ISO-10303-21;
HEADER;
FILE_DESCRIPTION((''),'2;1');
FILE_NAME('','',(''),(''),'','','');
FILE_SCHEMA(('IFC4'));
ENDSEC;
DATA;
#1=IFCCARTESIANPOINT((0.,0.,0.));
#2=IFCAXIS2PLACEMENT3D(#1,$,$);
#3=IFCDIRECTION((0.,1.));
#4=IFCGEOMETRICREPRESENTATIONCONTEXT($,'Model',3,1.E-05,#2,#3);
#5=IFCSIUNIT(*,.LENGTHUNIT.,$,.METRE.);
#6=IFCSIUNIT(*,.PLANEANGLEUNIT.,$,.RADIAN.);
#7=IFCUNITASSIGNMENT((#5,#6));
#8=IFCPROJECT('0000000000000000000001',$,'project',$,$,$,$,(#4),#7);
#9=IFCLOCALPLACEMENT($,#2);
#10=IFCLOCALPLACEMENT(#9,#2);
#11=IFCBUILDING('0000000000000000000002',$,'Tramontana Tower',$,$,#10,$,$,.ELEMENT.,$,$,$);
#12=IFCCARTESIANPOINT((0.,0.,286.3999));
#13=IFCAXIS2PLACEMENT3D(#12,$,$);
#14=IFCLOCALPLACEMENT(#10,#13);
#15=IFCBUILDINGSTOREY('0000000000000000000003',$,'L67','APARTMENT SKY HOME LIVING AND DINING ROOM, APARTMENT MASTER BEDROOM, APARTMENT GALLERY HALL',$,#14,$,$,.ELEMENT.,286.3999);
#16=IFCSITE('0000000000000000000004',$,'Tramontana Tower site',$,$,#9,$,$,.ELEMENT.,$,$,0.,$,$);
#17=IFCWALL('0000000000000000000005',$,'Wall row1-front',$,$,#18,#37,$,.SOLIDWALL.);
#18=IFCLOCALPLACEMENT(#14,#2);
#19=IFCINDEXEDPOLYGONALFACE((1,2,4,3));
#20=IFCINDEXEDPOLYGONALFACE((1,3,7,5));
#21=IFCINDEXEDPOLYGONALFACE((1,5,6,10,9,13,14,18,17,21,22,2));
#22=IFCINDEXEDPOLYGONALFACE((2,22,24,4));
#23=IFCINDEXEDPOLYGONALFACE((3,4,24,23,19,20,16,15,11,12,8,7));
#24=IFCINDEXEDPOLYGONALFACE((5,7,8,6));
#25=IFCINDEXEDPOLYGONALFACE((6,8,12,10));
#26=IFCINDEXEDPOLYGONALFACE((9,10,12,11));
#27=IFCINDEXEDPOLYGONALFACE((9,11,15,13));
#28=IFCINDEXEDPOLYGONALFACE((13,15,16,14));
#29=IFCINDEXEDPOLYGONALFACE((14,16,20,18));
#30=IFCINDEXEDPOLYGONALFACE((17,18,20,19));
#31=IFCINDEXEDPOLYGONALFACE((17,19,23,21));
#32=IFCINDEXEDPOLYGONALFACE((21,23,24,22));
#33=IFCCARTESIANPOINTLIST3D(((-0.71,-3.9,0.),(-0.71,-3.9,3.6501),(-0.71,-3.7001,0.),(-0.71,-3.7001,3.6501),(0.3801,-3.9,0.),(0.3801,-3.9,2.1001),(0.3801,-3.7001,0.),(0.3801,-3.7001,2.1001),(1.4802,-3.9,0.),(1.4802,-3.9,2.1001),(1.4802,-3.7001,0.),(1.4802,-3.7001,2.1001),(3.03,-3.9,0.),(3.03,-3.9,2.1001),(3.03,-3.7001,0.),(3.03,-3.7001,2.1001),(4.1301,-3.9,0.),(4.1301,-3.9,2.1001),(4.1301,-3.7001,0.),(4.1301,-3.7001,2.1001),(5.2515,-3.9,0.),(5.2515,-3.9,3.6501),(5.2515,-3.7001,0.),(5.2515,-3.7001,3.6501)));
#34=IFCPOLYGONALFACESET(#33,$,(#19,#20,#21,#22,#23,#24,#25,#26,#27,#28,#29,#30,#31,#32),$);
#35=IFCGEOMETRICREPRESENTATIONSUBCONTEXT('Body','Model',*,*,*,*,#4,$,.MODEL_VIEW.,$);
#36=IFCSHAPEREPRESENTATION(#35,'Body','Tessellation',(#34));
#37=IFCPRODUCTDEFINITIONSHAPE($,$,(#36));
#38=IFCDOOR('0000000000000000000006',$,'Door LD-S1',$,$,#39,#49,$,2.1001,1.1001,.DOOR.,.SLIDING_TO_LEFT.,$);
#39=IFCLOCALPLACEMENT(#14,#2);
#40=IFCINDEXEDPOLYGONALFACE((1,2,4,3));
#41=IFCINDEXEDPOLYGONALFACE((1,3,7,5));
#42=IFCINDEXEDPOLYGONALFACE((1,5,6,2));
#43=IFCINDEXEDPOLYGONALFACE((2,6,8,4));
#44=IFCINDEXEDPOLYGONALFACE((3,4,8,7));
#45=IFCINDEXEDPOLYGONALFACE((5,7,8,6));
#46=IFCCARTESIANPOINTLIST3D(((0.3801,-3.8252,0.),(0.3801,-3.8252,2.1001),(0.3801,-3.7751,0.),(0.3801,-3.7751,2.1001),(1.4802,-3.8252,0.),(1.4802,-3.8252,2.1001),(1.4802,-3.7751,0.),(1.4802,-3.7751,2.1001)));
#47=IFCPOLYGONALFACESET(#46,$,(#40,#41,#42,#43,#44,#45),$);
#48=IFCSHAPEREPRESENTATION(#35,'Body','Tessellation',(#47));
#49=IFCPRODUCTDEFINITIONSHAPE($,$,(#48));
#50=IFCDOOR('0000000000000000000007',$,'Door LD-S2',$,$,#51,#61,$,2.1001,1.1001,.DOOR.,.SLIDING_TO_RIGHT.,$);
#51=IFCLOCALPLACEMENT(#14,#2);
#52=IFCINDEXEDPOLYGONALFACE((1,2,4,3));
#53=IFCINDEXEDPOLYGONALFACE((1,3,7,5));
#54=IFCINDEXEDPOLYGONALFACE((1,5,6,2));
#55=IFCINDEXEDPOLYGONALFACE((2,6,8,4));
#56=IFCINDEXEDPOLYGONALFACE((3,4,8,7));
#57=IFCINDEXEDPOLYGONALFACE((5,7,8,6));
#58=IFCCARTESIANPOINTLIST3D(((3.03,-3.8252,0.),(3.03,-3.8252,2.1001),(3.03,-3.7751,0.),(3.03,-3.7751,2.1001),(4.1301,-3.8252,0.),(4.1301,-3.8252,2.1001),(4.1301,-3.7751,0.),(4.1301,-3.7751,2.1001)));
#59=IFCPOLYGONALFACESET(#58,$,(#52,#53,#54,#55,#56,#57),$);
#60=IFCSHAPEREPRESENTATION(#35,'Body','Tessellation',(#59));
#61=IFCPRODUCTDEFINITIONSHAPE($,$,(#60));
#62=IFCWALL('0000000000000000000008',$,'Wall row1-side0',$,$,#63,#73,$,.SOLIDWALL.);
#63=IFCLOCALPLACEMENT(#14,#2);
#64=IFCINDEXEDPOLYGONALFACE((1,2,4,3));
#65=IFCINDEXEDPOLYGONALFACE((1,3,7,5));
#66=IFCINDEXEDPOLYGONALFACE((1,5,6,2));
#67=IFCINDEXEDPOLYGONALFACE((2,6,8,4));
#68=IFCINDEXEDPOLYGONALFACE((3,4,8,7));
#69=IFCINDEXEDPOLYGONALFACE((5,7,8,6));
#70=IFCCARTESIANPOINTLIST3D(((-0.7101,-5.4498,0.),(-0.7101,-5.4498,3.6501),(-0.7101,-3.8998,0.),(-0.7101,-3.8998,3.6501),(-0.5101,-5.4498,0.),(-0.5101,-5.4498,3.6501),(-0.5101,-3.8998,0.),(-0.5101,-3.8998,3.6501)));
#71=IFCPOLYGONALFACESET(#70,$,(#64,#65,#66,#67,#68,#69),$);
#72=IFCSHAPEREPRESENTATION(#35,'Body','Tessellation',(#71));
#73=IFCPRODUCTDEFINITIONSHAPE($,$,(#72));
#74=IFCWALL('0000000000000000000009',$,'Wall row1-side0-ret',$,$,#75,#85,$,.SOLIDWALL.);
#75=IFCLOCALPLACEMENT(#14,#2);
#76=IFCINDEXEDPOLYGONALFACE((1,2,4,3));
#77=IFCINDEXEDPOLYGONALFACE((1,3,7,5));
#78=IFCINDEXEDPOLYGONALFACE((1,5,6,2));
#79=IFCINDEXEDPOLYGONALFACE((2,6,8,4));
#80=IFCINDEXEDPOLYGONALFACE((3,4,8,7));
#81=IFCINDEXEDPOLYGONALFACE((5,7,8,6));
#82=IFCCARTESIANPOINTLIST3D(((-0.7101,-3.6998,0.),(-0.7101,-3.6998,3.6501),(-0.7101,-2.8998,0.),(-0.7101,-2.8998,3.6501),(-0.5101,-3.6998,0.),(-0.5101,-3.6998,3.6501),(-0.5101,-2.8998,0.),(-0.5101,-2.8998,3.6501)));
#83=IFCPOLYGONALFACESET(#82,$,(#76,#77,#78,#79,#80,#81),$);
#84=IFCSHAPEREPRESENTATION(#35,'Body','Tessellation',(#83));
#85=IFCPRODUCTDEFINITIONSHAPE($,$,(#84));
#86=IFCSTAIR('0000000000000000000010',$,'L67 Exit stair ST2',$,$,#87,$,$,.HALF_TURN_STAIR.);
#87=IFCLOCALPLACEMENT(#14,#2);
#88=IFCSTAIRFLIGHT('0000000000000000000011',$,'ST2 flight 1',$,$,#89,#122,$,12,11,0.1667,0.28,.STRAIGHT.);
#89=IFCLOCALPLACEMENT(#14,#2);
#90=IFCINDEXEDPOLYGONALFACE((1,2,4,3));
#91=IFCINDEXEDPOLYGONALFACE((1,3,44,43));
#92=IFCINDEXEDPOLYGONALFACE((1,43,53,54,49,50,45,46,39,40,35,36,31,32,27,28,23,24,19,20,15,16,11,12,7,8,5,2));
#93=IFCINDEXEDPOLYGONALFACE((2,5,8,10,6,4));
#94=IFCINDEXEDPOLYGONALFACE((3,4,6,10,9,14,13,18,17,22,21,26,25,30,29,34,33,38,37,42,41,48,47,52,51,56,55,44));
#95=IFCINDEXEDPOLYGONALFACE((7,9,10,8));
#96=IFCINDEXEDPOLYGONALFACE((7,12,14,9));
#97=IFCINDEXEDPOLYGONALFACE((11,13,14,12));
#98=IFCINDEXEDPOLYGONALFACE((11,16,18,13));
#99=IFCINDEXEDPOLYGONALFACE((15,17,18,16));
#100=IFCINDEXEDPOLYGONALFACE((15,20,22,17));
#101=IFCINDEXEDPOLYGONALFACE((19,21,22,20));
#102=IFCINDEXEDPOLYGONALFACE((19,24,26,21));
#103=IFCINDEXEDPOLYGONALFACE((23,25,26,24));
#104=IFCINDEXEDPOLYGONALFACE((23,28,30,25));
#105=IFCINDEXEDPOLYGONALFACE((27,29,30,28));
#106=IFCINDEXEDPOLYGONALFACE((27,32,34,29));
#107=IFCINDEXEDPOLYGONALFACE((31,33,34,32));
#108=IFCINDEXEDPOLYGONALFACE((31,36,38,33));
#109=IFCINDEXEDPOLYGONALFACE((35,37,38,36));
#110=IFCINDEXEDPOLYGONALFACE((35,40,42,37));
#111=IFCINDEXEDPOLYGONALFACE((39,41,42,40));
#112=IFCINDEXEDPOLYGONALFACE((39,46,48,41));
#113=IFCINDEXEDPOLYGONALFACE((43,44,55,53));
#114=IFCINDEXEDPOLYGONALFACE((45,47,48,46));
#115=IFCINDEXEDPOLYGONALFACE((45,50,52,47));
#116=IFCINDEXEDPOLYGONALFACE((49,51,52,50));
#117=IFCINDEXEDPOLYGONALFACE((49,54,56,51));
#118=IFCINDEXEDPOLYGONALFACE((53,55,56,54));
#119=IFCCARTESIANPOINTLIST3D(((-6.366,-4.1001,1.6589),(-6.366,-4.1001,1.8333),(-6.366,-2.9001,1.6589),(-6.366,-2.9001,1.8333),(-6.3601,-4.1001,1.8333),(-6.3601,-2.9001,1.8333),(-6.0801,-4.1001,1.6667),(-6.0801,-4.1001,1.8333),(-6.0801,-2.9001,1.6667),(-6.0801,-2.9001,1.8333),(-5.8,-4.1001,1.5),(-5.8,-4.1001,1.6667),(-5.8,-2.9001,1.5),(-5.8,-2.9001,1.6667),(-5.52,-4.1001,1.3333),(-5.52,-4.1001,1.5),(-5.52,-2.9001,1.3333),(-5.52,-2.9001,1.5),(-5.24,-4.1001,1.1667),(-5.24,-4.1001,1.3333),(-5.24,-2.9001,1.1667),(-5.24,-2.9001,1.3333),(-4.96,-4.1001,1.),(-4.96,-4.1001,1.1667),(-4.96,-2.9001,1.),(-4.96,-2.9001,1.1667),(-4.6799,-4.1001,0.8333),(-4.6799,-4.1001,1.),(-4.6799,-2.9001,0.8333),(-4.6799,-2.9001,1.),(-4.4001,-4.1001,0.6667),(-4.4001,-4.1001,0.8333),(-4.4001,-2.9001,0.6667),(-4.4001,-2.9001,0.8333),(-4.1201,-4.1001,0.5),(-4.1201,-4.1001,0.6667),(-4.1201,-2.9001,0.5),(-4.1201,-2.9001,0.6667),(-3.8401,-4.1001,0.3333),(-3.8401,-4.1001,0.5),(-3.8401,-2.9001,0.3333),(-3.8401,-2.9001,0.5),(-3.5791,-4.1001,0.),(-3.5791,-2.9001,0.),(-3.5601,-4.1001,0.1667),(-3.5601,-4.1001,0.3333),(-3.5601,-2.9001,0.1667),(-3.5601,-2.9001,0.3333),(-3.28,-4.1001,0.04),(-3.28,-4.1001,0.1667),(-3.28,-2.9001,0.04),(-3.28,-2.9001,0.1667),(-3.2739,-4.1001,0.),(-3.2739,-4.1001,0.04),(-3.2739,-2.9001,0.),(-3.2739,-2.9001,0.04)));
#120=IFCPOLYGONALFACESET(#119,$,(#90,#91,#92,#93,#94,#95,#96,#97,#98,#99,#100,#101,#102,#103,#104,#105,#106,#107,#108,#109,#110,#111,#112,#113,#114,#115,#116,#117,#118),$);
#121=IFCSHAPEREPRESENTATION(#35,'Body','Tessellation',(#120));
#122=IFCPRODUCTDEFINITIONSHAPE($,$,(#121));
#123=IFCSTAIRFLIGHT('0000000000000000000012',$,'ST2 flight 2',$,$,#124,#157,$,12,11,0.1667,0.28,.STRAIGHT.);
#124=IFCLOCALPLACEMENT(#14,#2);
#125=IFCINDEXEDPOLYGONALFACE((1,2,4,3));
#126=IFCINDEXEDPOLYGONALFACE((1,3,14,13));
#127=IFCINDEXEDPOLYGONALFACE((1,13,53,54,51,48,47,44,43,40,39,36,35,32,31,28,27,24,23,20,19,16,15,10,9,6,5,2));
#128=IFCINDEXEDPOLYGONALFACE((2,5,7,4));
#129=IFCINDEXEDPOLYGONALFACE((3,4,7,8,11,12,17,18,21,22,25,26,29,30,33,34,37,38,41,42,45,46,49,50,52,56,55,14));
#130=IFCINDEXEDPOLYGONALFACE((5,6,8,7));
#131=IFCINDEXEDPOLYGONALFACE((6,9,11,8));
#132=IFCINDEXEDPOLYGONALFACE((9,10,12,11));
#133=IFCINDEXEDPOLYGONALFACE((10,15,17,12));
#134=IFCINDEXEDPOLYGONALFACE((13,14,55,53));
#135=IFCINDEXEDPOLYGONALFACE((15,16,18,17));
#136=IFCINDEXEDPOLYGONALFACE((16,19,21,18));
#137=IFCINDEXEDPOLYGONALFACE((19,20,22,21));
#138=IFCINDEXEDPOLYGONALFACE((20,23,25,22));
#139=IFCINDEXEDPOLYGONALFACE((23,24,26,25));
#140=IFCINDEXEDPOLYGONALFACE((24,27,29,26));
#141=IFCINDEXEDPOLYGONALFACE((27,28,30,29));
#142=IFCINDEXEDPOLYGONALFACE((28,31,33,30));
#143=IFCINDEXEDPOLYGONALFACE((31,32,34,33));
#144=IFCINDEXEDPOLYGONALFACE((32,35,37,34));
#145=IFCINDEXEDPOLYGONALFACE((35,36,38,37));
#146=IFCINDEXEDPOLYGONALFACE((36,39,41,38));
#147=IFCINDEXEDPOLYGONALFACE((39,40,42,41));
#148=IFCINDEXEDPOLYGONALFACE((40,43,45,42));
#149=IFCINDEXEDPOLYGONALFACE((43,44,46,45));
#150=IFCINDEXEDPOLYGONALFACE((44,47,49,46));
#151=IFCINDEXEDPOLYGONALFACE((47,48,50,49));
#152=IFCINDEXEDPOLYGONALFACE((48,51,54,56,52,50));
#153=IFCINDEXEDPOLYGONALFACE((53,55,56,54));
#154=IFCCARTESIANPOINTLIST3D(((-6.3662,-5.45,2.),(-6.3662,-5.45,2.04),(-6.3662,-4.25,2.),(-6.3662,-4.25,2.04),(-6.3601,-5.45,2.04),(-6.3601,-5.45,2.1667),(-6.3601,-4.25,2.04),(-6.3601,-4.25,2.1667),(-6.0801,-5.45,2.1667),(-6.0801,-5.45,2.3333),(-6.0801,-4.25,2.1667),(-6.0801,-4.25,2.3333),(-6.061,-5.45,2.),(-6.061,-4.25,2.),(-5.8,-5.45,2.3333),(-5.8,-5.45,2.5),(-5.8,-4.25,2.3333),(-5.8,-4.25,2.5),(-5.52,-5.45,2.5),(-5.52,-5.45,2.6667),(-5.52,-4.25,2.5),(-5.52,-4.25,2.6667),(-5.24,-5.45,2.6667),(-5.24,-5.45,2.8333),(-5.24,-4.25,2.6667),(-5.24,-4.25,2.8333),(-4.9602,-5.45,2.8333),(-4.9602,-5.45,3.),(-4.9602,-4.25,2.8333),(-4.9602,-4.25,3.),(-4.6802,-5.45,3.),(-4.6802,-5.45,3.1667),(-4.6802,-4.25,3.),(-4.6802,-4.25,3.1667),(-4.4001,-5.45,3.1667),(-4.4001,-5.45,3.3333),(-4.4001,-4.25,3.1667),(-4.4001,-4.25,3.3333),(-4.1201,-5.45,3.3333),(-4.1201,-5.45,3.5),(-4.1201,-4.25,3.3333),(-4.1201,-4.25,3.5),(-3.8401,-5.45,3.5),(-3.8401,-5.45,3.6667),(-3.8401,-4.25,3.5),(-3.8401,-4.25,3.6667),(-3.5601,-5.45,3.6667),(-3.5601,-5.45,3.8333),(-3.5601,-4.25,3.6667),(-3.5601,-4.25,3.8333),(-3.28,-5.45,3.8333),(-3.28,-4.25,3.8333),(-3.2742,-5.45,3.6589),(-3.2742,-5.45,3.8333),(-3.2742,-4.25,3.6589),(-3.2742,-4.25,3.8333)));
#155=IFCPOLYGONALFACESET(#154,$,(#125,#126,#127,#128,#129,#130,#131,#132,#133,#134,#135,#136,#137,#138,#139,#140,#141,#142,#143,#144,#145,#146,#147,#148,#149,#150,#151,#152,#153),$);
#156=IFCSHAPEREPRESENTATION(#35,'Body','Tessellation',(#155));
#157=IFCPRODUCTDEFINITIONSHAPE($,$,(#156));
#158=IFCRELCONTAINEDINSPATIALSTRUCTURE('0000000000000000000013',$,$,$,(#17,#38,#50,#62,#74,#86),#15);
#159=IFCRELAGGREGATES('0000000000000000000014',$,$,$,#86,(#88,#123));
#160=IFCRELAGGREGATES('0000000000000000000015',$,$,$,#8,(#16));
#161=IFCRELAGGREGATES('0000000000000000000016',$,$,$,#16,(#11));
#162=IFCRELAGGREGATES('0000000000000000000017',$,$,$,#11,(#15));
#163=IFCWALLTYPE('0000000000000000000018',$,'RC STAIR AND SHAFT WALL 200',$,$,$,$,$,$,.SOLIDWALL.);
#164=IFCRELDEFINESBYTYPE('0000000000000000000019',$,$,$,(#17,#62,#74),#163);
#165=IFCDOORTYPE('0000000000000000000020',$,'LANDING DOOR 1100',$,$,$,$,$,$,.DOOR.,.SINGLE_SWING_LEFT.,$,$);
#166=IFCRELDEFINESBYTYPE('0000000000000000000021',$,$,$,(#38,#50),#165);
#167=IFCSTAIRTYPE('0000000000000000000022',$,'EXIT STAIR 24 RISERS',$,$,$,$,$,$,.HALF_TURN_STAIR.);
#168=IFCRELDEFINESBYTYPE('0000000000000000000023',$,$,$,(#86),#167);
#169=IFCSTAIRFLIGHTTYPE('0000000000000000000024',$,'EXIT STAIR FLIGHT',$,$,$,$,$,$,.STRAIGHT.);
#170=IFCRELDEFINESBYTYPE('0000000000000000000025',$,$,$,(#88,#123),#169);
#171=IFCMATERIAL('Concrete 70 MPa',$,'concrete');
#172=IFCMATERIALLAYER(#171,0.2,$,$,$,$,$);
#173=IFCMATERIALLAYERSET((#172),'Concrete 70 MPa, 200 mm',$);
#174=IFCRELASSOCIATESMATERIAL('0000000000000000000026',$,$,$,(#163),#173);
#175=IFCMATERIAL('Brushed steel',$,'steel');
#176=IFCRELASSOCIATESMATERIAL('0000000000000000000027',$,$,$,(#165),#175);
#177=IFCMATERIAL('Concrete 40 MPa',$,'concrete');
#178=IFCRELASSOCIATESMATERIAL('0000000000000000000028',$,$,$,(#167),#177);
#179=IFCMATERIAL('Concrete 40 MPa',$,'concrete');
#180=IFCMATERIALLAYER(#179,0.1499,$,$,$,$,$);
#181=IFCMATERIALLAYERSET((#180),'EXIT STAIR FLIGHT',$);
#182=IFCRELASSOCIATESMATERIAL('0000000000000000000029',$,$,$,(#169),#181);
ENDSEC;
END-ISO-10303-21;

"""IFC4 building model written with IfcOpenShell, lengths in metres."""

from ifc_helpers import new_model, si_unit, direction, frame, frame_2d, origin, place, context, subcontext, project, spatial, polyline, rectangle, outline, extrude, material, layer, layer_set, type_object, element, fill, aggregate, save


model = new_model("IFC4")

# Units and contexts
model_context = context("Model", 3, precision=1e-05, world=origin(), true_north=direction((0.0, 1.0)))
body_context = subcontext(model_context, "Body", "Model", "MODEL_VIEW")
ifc_project = project(units=[si_unit("LENGTHUNIT", "METRE"), si_unit("PLANEANGLEUNIT", "RADIAN")], contexts=[model_context])

# Site, building, storey
site_placement = place(None, origin())
site = spatial("IfcSite", under=ifc_project, at=site_placement, Name="Tramontana Tower site", CompositionType="ELEMENT", RefElevation=0.0)
building_placement = place(site_placement, origin())
building = spatial("IfcBuilding", under=site, at=building_placement, Name="Tramontana Tower", CompositionType="ELEMENT")
storey_placement = place(building_placement, frame((0.0, 0.0, 286.3999)))
storey = spatial("IfcBuildingStorey", under=building, at=storey_placement, Name="L67", Description="APARTMENT SKY HOME LIVING AND DINING ROOM, APARTMENT MASTER BEDROOM, APARTMENT GALLERY HALL", CompositionType="ELEMENT", Elevation=286.3999)

# Shared definitions
ifc_material_1 = material(Name="Concrete 70 MPa", Category="concrete")
ifc_layer_1 = layer(ifc_material_1, 0.2)
ifc_layer_set_1 = layer_set([ifc_layer_1], Name="Concrete 70 MPa, 200 mm")
wall_type_1 = type_object("IfcWallType", Name="RC STAIR AND SHAFT WALL 200", PredefinedType="SOLIDWALL", material=ifc_layer_set_1)

# Wall, openings, doors
wall_1_placement = place(storey_placement, frame((-0.71, -3.8, 0.0), z_axis=(0.0, 0.0, 1.0), x_axis=(1.0, 0.0, 0.0)))
wall_1 = element("IfcWall", 1, at=wall_1_placement, inside=storey, type_object=wall_type_1, Name="Wall row1-front", PredefinedType="SOLIDWALL", context=body_context, shape_type="SweptSolid", body=[
    extrude(rectangle(XDim=5.9614, YDim=0.2, at=frame_2d((2.9807, 0.0))), origin(), (0.0, 0.0, 1.0), 3.6501),
])
opening_1_placement = place(wall_1_placement, frame((1.0901, 0.0, 0.0)))
opening_1 = element("IfcOpeningElement", 2, at=opening_1_placement, cuts=wall_1, PredefinedType="OPENING", context=body_context, shape_type="SweptSolid", body=[
    extrude(rectangle(XDim=1.1001, YDim=2.1001, at=frame_2d((0.55, 1.05))), frame((0.0, 0.1099, 0.0), z_axis=(0.0, -1.0, 0.0), x_axis=(1.0, 0.0, 0.0)), (0.0, 0.0, 1.0), 0.22),
])
opening_2_placement = place(wall_1_placement, frame((3.74, 0.0, 0.0)))
opening_2 = element("IfcOpeningElement", 3, at=opening_2_placement, cuts=wall_1, PredefinedType="OPENING", context=body_context, shape_type="SweptSolid", body=[
    extrude(rectangle(XDim=1.1001, YDim=2.1001, at=frame_2d((0.55, 1.05))), frame((0.0, 0.1099, 0.0), z_axis=(0.0, -1.0, 0.0), x_axis=(1.0, 0.0, 0.0)), (0.0, 0.0, 1.0), 0.22),
])
ifc_material_2 = material(Name="Brushed steel", Category="steel")
door_type_1 = type_object("IfcDoorType", Name="LANDING DOOR 1100", OperationType="SINGLE_SWING_LEFT", PredefinedType="DOOR", material=ifc_material_2)
door_1_placement = place(opening_1_placement, origin())
door_1 = element("IfcDoor", 4, at=door_1_placement, inside=storey, type_object=door_type_1, Name="Door LD-S1", OperationType="SLIDING_TO_LEFT", OverallHeight=2.1001, OverallWidth=1.1001, PredefinedType="DOOR", context=body_context, shape_type="SweptSolid", body=[
    extrude(rectangle(XDim=1.1001, YDim=2.1001, at=frame_2d((0.55, 1.05))), frame((0.0, 0.0249, 0.0), z_axis=(0.0, -1.0, 0.0), x_axis=(1.0, 0.0, 0.0)), (0.0, 0.0, 1.0), 0.05),
])
fill(opening_1, door_1)
door_2_placement = place(opening_2_placement, origin())
door_2 = element("IfcDoor", 5, at=door_2_placement, inside=storey, type_object=door_type_1, Name="Door LD-S2", OperationType="SLIDING_TO_RIGHT", OverallHeight=2.1001, OverallWidth=1.1001, PredefinedType="DOOR", context=body_context, shape_type="SweptSolid", body=[
    extrude(rectangle(XDim=1.1001, YDim=2.1001, at=frame_2d((0.55, 1.05))), frame((0.0, 0.0249, 0.0), z_axis=(0.0, -1.0, 0.0), x_axis=(1.0, 0.0, 0.0)), (0.0, 0.0, 1.0), 0.05),
])
fill(opening_2, door_2)

# Walls
wall_2_placement = place(storey_placement, frame((-0.6101, -3.8999, 0.0), z_axis=(0.0, 0.0, 1.0), x_axis=(0.0, -1.0, 0.0)))
element("IfcWall", 6, at=wall_2_placement, inside=storey, type_object=wall_type_1, Name="Wall row1-side0", PredefinedType="SOLIDWALL", context=body_context, shape_type="SweptSolid", body=[
    extrude(rectangle(XDim=1.55, YDim=0.2, at=frame_2d((0.7749, 0.0))), origin(), (0.0, 0.0, 1.0), 3.6501),
])
wall_3_placement = place(storey_placement, frame((-0.6101, -2.8999, 0.0), z_axis=(0.0, 0.0, 1.0), x_axis=(0.0, -1.0, 0.0)))
element("IfcWall", 7, at=wall_3_placement, inside=storey, type_object=wall_type_1, Name="Wall row1-side0-ret", PredefinedType="SOLIDWALL", context=body_context, shape_type="SweptSolid", body=[
    extrude(rectangle(XDim=0.8, YDim=0.2, at=frame_2d((0.3999, 0.0))), origin(), (0.0, 0.0, 1.0), 3.6501),
])

# Stair, stair flights
ifc_material_3 = material(Name="Concrete 40 MPa", Category="concrete")
stair_type = type_object("IfcStairType", Name="EXIT STAIR 24 RISERS", PredefinedType="HALF_TURN_STAIR", material=ifc_material_3)
stair_placement = place(storey_placement, origin())
stair = element("IfcStair", 8, at=stair_placement, inside=storey, type_object=stair_type, Name="L67 Exit stair ST2", PredefinedType="HALF_TURN_STAIR")
ifc_material_4 = material(Name="Concrete 40 MPa", Category="concrete")
ifc_layer_2 = layer(ifc_material_4, 0.1499)
ifc_layer_set_2 = layer_set([ifc_layer_2], Name="EXIT STAIR FLIGHT")
stair_flight_type = type_object("IfcStairFlightType", Name="EXIT STAIR FLIGHT", PredefinedType="STRAIGHT", material=ifc_layer_set_2)
stair_flight_1_placement = place(storey_placement, frame((-3.28, -3.5, 0.0), z_axis=(0.0, 0.0, 1.0), x_axis=(-1.0, 0.0, 0.0)))
stair_flight_1 = element("IfcStairFlight", 9, at=stair_flight_1_placement, type_object=stair_flight_type, Name="ST2 flight 1", NumberOfRisers=12, NumberOfTreads=11, PredefinedType="STRAIGHT", RiserHeight=0.1667, TreadLength=0.28, context=body_context, shape_type="SweptSolid", body=[
    extrude(outline(polyline([(-0.0061, 0.0), (-0.0061, 0.04), (0.0, 0.04), (0.0, 0.1667), (0.28, 0.1667), (0.28, 0.3333), (0.5601, 0.3333), (0.5601, 0.5), (0.8401, 0.5), (0.8401, 0.6667), (1.1201, 0.6667), (1.1201, 0.8333), (1.3999, 0.8333), (1.3999, 1.0), (1.6799, 1.0), (1.6799, 1.1667), (1.96, 1.1667), (1.96, 1.3333), (2.24, 1.3333), (2.24, 1.5), (2.52, 1.5), (2.52, 1.6667), (2.8, 1.6667), (2.8, 1.8333), (3.0801, 1.8333), (3.0859, 1.8333), (3.0859, 1.6589), (0.2991, 0.0), (-0.0061, 0.0)])), frame((0.0, 0.6001, 0.0), z_axis=(0.0, -1.0, 0.0), x_axis=(1.0, 0.0, 0.0)), (0.0, 0.0, 1.0), 1.2),
])
stair_flight_2_placement = place(storey_placement, frame((-6.3601, -4.8501, 2.0), z_axis=(0.0, 0.0, 1.0), x_axis=(1.0, 0.0, 0.0)))
stair_flight_2 = element("IfcStairFlight", 10, at=stair_flight_2_placement, type_object=stair_flight_type, Name="ST2 flight 2", NumberOfRisers=12, NumberOfTreads=11, PredefinedType="STRAIGHT", RiserHeight=0.1667, TreadLength=0.28, context=body_context, shape_type="SweptSolid", body=[
    extrude(outline(polyline([(-0.0061, 0.0), (-0.0061, 0.04), (0.0, 0.04), (0.0, 0.1667), (0.28, 0.1667), (0.28, 0.3333), (0.5601, 0.3333), (0.5601, 0.5), (0.8401, 0.5), (0.8401, 0.6667), (1.1201, 0.6667), (1.1201, 0.8333), (1.3999, 0.8333), (1.3999, 1.0), (1.6799, 1.0), (1.6799, 1.1667), (1.96, 1.1667), (1.96, 1.3333), (2.24, 1.3333), (2.24, 1.5), (2.52, 1.5), (2.52, 1.6667), (2.8, 1.6667), (2.8, 1.8333), (3.0801, 1.8333), (3.0859, 1.8333), (3.0859, 1.6589), (0.2991, 0.0), (-0.0061, 0.0)])), frame((0.0, 0.6001, 0.0), z_axis=(0.0, -1.0, 0.0), x_axis=(1.0, 0.0, 0.0)), (0.0, 0.0, 1.0), 1.2),
])
aggregate(stair, [stair_flight_1, stair_flight_2])

save(model, "model.ifc")
